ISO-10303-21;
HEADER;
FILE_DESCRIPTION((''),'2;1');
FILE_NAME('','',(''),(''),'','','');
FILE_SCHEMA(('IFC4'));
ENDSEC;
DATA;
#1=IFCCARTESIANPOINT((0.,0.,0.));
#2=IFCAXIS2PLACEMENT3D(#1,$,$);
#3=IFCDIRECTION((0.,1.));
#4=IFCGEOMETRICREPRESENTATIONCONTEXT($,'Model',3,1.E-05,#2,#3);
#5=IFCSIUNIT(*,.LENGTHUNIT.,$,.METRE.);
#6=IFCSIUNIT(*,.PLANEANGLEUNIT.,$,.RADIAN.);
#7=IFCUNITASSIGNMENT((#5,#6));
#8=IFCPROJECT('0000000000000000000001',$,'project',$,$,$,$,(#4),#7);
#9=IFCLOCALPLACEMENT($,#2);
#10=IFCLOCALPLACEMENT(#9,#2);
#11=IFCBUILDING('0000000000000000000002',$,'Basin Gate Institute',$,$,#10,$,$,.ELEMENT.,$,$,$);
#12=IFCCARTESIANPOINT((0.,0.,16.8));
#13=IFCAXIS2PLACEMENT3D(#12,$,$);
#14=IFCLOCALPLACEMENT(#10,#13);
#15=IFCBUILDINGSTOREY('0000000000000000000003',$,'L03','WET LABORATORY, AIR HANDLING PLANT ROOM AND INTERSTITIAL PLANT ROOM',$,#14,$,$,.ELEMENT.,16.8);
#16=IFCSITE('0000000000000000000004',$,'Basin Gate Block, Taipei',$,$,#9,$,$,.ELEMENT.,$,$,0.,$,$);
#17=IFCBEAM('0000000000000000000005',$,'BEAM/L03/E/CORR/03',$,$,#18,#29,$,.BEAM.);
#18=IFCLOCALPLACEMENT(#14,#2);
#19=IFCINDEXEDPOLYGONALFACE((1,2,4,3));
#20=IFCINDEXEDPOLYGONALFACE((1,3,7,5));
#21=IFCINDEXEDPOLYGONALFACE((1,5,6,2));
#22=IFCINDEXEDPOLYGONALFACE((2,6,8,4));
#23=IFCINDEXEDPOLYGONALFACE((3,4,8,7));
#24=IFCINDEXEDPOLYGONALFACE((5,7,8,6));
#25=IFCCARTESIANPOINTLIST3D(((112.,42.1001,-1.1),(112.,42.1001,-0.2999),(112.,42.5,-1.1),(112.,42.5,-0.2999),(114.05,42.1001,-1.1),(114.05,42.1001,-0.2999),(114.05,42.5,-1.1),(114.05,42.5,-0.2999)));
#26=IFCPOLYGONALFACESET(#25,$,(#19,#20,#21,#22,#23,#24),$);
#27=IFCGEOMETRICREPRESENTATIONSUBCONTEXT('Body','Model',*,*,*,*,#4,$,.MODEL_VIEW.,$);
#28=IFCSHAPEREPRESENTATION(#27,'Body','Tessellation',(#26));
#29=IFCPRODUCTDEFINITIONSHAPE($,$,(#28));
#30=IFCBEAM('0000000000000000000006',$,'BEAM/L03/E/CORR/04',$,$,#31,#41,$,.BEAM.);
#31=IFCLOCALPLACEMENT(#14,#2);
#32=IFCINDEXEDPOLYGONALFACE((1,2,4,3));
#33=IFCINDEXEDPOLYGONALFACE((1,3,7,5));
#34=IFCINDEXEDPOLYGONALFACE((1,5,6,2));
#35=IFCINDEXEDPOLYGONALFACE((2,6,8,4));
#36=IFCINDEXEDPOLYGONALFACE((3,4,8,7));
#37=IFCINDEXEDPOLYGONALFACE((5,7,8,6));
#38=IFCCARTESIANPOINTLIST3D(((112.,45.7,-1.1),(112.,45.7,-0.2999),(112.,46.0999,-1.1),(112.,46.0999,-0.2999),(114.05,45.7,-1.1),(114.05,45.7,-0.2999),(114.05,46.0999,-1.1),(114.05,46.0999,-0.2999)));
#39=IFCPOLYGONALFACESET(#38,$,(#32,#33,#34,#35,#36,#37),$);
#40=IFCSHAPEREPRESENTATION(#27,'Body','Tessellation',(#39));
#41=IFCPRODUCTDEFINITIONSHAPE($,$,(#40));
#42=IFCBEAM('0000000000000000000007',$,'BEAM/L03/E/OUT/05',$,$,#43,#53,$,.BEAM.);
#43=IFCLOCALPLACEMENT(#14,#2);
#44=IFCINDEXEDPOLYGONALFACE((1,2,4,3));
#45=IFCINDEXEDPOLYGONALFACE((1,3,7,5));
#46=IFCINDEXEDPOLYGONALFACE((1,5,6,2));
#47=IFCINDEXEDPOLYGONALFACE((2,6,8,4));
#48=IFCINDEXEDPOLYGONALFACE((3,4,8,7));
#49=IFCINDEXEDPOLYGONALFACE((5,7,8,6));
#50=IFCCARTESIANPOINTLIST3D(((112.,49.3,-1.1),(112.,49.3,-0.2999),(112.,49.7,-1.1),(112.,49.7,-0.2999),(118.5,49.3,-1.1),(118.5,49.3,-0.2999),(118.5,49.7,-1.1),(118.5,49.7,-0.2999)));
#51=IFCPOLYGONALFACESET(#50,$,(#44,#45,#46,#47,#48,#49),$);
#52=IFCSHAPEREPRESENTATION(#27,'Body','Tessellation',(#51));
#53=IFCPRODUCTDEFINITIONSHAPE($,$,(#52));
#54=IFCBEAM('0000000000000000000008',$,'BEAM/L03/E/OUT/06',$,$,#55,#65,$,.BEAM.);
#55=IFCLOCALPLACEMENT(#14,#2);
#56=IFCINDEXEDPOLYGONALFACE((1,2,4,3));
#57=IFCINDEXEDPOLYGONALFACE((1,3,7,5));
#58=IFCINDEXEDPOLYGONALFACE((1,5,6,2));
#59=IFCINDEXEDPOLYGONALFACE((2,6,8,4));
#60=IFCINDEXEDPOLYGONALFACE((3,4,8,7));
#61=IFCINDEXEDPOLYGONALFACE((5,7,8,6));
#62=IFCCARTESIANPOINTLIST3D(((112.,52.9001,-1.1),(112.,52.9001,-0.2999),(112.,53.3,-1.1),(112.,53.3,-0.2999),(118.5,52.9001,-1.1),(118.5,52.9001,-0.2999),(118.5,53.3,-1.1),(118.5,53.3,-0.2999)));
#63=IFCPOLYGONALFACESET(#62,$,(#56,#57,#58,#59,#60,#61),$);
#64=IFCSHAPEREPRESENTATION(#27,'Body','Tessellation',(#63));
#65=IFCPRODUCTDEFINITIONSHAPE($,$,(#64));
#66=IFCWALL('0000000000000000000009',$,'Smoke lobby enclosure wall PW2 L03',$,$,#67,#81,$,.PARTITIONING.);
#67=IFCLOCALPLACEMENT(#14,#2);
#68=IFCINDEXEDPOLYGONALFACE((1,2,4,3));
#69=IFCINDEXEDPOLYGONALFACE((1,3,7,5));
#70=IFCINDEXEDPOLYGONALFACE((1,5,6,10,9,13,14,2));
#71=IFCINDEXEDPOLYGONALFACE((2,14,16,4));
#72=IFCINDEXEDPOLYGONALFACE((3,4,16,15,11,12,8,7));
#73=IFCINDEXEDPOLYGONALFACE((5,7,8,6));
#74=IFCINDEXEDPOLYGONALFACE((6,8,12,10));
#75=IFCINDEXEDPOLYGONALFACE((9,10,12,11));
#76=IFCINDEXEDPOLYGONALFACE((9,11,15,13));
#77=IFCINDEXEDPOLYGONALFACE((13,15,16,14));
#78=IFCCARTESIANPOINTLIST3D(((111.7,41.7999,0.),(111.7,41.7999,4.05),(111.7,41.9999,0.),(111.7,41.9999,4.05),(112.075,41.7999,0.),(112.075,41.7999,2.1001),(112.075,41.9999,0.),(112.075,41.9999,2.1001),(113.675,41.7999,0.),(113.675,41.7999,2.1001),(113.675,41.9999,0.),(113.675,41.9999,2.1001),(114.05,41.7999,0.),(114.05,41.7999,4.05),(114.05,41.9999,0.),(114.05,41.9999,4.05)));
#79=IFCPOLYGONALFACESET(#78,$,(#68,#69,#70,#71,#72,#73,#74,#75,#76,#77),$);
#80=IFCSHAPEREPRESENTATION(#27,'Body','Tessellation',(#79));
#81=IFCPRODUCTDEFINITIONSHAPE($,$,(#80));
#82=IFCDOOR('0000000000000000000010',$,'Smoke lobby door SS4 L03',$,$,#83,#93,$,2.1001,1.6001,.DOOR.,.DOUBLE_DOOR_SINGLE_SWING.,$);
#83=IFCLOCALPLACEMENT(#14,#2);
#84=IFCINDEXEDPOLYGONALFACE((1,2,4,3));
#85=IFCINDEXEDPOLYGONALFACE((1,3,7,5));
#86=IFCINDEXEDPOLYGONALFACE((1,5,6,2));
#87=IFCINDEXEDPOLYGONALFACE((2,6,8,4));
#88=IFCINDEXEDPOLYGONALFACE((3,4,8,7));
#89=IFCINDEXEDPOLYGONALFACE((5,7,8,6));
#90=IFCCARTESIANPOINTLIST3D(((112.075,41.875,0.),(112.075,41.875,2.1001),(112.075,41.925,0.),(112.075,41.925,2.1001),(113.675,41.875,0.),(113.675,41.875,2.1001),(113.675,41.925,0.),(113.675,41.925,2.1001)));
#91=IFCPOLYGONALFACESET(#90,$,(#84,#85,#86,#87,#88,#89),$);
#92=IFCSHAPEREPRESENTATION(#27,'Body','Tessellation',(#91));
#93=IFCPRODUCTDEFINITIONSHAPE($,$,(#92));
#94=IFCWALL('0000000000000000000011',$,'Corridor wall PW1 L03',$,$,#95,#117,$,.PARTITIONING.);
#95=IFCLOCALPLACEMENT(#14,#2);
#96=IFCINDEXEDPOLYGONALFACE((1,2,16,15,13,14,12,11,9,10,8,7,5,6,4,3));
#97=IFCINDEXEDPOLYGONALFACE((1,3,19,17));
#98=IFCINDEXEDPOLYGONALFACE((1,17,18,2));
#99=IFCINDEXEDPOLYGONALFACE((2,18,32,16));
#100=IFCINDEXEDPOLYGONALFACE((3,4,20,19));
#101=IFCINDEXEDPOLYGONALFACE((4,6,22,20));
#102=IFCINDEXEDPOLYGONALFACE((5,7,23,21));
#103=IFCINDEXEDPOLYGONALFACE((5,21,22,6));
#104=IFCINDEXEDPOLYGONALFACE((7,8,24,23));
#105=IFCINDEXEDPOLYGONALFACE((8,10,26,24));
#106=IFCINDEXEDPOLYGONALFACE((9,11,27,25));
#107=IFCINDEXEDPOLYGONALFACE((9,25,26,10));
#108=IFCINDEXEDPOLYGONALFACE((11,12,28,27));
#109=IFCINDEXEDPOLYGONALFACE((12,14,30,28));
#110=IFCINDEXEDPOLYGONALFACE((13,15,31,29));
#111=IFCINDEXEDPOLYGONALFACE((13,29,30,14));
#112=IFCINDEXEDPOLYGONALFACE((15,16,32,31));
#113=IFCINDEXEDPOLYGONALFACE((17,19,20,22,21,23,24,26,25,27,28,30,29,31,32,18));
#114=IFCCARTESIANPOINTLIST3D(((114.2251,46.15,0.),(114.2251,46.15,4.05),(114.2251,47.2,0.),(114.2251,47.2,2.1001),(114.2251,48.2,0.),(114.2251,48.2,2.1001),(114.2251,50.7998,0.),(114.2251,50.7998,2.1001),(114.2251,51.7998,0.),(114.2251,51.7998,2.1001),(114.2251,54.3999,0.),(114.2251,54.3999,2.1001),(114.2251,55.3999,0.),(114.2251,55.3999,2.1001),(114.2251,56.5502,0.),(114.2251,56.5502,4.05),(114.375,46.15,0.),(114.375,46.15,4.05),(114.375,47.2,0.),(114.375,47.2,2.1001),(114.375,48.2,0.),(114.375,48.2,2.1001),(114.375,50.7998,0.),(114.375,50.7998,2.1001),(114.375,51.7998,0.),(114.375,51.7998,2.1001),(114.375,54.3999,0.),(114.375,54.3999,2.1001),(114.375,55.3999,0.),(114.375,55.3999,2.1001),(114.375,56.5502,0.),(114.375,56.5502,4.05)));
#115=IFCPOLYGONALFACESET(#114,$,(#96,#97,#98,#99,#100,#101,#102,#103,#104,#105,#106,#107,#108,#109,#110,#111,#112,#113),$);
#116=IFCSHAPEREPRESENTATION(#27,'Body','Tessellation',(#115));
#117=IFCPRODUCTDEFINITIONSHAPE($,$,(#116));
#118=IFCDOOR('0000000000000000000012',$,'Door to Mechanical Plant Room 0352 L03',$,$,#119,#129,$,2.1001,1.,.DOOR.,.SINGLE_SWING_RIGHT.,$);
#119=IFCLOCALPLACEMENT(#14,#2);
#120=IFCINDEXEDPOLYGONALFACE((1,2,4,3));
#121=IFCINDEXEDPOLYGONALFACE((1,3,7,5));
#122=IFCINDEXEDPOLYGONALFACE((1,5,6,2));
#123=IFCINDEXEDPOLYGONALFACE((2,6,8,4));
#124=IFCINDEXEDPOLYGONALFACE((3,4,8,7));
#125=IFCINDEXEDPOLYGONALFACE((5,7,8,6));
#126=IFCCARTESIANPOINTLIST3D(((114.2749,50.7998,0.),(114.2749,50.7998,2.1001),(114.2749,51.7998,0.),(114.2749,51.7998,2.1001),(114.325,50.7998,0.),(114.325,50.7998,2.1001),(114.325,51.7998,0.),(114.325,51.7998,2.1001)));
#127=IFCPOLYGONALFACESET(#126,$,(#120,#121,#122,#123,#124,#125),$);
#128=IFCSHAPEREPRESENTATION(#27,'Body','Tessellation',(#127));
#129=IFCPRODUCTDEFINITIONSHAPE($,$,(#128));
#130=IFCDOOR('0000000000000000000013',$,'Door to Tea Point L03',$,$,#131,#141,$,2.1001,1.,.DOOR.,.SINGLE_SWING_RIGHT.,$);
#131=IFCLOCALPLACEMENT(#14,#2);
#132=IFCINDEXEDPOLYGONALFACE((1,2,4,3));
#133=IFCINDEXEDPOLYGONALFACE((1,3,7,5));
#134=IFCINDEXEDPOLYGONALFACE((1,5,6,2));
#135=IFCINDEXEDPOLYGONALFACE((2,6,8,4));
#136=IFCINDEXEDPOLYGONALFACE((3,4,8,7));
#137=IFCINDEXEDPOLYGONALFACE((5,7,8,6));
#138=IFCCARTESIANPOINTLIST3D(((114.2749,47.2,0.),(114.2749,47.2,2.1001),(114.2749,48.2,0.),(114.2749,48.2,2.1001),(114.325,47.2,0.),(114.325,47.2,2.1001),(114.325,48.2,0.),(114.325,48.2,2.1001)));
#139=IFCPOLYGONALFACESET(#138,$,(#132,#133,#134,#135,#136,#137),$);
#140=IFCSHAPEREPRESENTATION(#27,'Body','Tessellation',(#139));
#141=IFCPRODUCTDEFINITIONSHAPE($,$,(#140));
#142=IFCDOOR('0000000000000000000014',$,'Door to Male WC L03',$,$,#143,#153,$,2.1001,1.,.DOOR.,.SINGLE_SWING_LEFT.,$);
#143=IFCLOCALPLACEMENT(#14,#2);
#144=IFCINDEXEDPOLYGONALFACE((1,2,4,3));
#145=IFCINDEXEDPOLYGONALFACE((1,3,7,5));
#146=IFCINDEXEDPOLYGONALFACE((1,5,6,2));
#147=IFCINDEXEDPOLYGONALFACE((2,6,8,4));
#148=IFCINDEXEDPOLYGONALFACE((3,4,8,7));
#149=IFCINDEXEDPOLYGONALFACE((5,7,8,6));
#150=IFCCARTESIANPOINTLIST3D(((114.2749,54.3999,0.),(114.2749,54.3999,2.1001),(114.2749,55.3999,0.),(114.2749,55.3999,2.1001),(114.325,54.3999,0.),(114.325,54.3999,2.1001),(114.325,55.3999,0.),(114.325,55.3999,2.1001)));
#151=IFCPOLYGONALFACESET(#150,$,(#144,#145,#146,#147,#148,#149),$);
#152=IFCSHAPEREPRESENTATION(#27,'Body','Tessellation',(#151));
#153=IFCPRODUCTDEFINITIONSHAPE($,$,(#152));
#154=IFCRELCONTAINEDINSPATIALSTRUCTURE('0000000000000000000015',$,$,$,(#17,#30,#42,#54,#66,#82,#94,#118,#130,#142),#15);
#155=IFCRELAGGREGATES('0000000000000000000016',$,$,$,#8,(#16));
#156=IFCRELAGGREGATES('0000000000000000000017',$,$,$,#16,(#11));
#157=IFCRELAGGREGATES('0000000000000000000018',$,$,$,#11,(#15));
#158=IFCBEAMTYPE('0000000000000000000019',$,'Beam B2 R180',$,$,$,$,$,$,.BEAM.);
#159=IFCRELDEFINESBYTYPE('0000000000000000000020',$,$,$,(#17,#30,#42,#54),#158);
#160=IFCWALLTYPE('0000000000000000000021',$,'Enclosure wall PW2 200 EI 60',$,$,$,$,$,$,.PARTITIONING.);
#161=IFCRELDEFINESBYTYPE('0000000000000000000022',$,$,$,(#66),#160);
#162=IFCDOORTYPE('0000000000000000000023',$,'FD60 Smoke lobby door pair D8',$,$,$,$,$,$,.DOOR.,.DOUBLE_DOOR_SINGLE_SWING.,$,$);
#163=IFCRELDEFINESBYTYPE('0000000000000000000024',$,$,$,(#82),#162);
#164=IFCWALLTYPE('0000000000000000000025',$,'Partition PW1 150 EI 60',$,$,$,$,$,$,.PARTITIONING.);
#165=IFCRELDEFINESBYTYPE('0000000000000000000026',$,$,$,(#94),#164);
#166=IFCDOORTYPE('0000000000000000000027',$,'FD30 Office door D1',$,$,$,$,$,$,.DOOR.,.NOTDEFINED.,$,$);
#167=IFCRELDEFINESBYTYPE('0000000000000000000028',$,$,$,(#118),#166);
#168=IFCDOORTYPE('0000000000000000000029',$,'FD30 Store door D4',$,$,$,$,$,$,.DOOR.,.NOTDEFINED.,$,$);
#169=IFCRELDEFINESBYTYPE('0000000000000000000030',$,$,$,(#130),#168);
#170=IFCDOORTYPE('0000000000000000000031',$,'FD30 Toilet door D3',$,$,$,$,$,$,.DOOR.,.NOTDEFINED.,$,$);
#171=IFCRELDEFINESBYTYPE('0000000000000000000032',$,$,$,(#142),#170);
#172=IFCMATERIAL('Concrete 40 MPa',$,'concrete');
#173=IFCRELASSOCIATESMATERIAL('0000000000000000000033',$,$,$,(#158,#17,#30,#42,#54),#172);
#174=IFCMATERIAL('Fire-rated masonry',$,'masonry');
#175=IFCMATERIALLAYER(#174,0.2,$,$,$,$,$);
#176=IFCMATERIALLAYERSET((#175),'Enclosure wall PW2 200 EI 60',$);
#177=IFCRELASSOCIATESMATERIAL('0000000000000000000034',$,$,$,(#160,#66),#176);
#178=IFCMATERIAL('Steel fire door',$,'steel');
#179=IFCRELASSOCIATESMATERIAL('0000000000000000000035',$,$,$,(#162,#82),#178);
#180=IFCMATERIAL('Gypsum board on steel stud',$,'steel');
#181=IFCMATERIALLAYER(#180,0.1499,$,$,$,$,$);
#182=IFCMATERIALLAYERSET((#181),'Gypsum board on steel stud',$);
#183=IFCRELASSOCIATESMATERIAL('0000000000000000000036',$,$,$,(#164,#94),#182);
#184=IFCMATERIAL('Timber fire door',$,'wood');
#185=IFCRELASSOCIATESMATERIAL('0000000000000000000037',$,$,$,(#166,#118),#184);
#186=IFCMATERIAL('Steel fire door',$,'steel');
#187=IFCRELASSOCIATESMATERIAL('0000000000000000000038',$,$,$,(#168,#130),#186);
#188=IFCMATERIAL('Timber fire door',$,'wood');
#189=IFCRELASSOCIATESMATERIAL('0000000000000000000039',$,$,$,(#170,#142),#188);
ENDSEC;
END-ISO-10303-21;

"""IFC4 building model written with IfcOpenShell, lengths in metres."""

from ifc_helpers import new_model, si_unit, direction, frame, frame_2d, origin, origin_2d, place, context, subcontext, project, spatial, rectangle, extrude, material, layer, layer_set, material_profile, profile_set, type_object, element, fill, save


model = new_model("IFC4")

# Units and contexts
model_context = context("Model", 3, precision=1e-05, world=origin(), true_north=direction((0.0, 1.0)))
body_context = subcontext(model_context, "Body", "Model", "MODEL_VIEW")
ifc_project = project(units=[si_unit("LENGTHUNIT", "METRE"), si_unit("PLANEANGLEUNIT", "RADIAN")], contexts=[model_context])

# Site, building, storey
site_placement = place(None, origin())
site = spatial("IfcSite", under=ifc_project, at=site_placement, Name="Basin Gate Block, Taipei", CompositionType="ELEMENT", RefElevation=0.0)
building_placement = place(site_placement, origin())
building = spatial("IfcBuilding", under=site, at=building_placement, Name="Basin Gate Institute", CompositionType="ELEMENT")
storey_placement = place(building_placement, frame((0.0, 0.0, 16.8)))
storey = spatial("IfcBuildingStorey", under=building, at=storey_placement, Name="L03", Description="WET LABORATORY, AIR HANDLING PLANT ROOM AND INTERSTITIAL PLANT ROOM", CompositionType="ELEMENT", Elevation=16.8)

# Beams
ifc_material_1 = material(Name="Concrete 40 MPa", Category="concrete")
ifc_material_profile = material_profile(ifc_material_1, rectangle(XDim=0.3999, YDim=0.8, at=origin_2d()), Name="Beam B2 400 x 800")
ifc_profile_set = profile_set([ifc_material_profile], Name="Concrete 40 MPa")
beam_type = type_object("IfcBeamType", Name="Beam B2 R180", PredefinedType="BEAM", material=ifc_profile_set)
for number, where, z_axis, x_axis, name in (
    (1, (114.05, 42.3, -0.7), (-1.0, 0.0, 0.0), (0.0, -1.0, 0.0), "BEAM/L03/E/CORR/03"),
    (2, (114.05, 45.8999, -0.7), (-1.0, 0.0, 0.0), (0.0, -1.0, 0.0), "BEAM/L03/E/CORR/04"),
):
    element("IfcBeam", number, at=place(storey_placement, frame(where, z_axis=z_axis, x_axis=x_axis)), inside=storey, type_object=beam_type, material=ifc_profile_set, Name=name, PredefinedType="BEAM", context=body_context, shape_type="SweptSolid", body=[
        extrude(rectangle(XDim=0.3999, YDim=0.8, at=origin_2d()), origin(), (0.0, 0.0, 1.0), 2.05),
    ])
for number, where, z_axis, x_axis, name in (
    (3, (118.5, 49.5, -0.7), (-1.0, 0.0, 0.0), (0.0, -1.0, 0.0), "BEAM/L03/E/OUT/05"),
    (4, (118.5, 53.1001, -0.7), (-1.0, 0.0, 0.0), (0.0, -1.0, 0.0), "BEAM/L03/E/OUT/06"),
):
    element("IfcBeam", number, at=place(storey_placement, frame(where, z_axis=z_axis, x_axis=x_axis)), inside=storey, type_object=beam_type, material=ifc_profile_set, Name=name, PredefinedType="BEAM", context=body_context, shape_type="SweptSolid", body=[
        extrude(rectangle(XDim=0.3999, YDim=0.8, at=origin_2d()), origin(), (0.0, 0.0, 1.0), 6.5),
    ])

# Wall, opening, door
ifc_material_2 = material(Name="Fire-rated masonry", Category="masonry")
ifc_layer_1 = layer(ifc_material_2, 0.2)
ifc_layer_set_1 = layer_set([ifc_layer_1], Name="Enclosure wall PW2 200 EI 60")
wall_type_1 = type_object("IfcWallType", Name="Enclosure wall PW2 200 EI 60", PredefinedType="PARTITIONING", material=ifc_layer_set_1)
wall_1_placement = place(storey_placement, frame((114.05, 41.8999, 0.0), z_axis=(0.0, 0.0, 1.0), x_axis=(-1.0, 0.0, 0.0)))
wall_1 = element("IfcWall", 5, at=wall_1_placement, inside=storey, type_object=wall_type_1, material=ifc_layer_set_1, Name="Smoke lobby enclosure wall PW2 L03", PredefinedType="PARTITIONING", context=body_context, shape_type="SweptSolid", body=[
    extrude(rectangle(XDim=2.3501, YDim=0.2, at=frame_2d((1.175, 0.0))), origin(), (0.0, 0.0, 1.0), 4.05),
])
opening_1_placement = place(wall_1_placement, frame((0.375, 0.0, 0.0)))
opening_1 = element("IfcOpeningElement", 6, at=opening_1_placement, cuts=wall_1, PredefinedType="OPENING", context=body_context, shape_type="SweptSolid", body=[
    extrude(rectangle(XDim=1.6001, YDim=2.1001, at=frame_2d((0.8, 1.05))), frame((0.0, 0.1099, 0.0), z_axis=(0.0, -1.0, 0.0), x_axis=(1.0, 0.0, 0.0)), (0.0, 0.0, 1.0), 0.22),
])
ifc_material_3 = material(Name="Steel fire door", Category="steel")
door_type_1 = type_object("IfcDoorType", Name="FD60 Smoke lobby door pair D8", OperationType="DOUBLE_DOOR_SINGLE_SWING", PredefinedType="DOOR", material=ifc_material_3)
door_1_placement = place(opening_1_placement, origin())
door_1 = element("IfcDoor", 7, at=door_1_placement, inside=storey, type_object=door_type_1, material=ifc_material_3, Name="Smoke lobby door SS4 L03", OperationType="DOUBLE_DOOR_SINGLE_SWING", OverallHeight=2.1001, OverallWidth=1.6001, PredefinedType="DOOR", context=body_context, shape_type="SweptSolid", body=[
    extrude(rectangle(XDim=1.6001, YDim=2.1001, at=frame_2d((0.8, 1.05))), frame((0.0, 0.0249, 0.0), z_axis=(0.0, -1.0, 0.0), x_axis=(1.0, 0.0, 0.0)), (0.0, 0.0, 1.0), 0.05),
])
fill(opening_1, door_1)

# Wall, openings, doors
ifc_material_4 = material(Name="Gypsum board on steel stud", Category="steel")
ifc_layer_2 = layer(ifc_material_4, 0.1499)
ifc_layer_set_2 = layer_set([ifc_layer_2], Name="Gypsum board on steel stud")
wall_type_2 = type_object("IfcWallType", Name="Partition PW1 150 EI 60", PredefinedType="PARTITIONING", material=ifc_layer_set_2)
wall_2_placement = place(storey_placement, frame((114.3, 46.1499, 0.0), z_axis=(0.0, 0.0, 1.0), x_axis=(0.0, 1.0, 0.0)))
wall_2 = element("IfcWall", 8, at=wall_2_placement, inside=storey, type_object=wall_type_2, material=ifc_layer_set_2, Name="Corridor wall PW1 L03", PredefinedType="PARTITIONING", context=body_context, shape_type="SweptSolid", body=[
    extrude(rectangle(XDim=10.4001, YDim=0.1499, at=frame_2d((5.2002, 0.0))), origin(), (0.0, 0.0, 1.0), 4.05),
])
opening_2_placement = place(wall_2_placement, frame((8.25, 0.0, 0.0)))
opening_2 = element("IfcOpeningElement", 9, at=opening_2_placement, cuts=wall_2, PredefinedType="OPENING", context=body_context, shape_type="SweptSolid", body=[
    extrude(rectangle(XDim=1.0, YDim=2.1001, at=frame_2d((0.5, 1.05))), frame((0.0, 0.085, 0.0), z_axis=(0.0, -1.0, 0.0), x_axis=(1.0, 0.0, 0.0)), (0.0, 0.0, 1.0), 0.1699),
])
opening_3_placement = place(wall_2_placement, frame((4.6499, 0.0, 0.0)))
opening_3 = element("IfcOpeningElement", 10, at=opening_3_placement, cuts=wall_2, PredefinedType="OPENING", context=body_context, shape_type="SweptSolid", body=[
    extrude(rectangle(XDim=1.0, YDim=2.1001, at=frame_2d((0.5, 1.05))), frame((0.0, 0.085, 0.0), z_axis=(0.0, -1.0, 0.0), x_axis=(1.0, 0.0, 0.0)), (0.0, 0.0, 1.0), 0.1699),
])
opening_4_placement = place(wall_2_placement, frame((1.05, 0.0, 0.0)))
opening_4 = element("IfcOpeningElement", 11, at=opening_4_placement, cuts=wall_2, PredefinedType="OPENING", context=body_context, shape_type="SweptSolid", body=[
    extrude(rectangle(XDim=1.0, YDim=2.1001, at=frame_2d((0.5, 1.05))), frame((0.0, 0.085, 0.0), z_axis=(0.0, -1.0, 0.0), x_axis=(1.0, 0.0, 0.0)), (0.0, 0.0, 1.0), 0.1699),
])
ifc_material_5 = material(Name="Timber fire door", Category="wood")
door_type_2 = type_object("IfcDoorType", Name="FD30 Office door D1", OperationType="NOTDEFINED", PredefinedType="DOOR", material=ifc_material_5)
door_2_placement = place(opening_3_placement, frame((1.0, 0.0, 0.0), z_axis=(0.0, 0.0, 1.0), x_axis=(-1.0, 0.0, 0.0)))
door_2 = element("IfcDoor", 12, at=door_2_placement, inside=storey, type_object=door_type_2, material=ifc_material_5, Name="Door to Mechanical Plant Room 0352 L03", OperationType="SINGLE_SWING_RIGHT", OverallHeight=2.1001, OverallWidth=1.0, PredefinedType="DOOR", context=body_context, shape_type="SweptSolid", body=[
    extrude(rectangle(XDim=1.0, YDim=2.1001, at=frame_2d((0.5, 1.05))), frame((0.0, 0.0249, 0.0), z_axis=(0.0, -1.0, 0.0), x_axis=(1.0, 0.0, 0.0)), (0.0, 0.0, 1.0), 0.05),
])
fill(opening_3, door_2)
ifc_material_6 = material(Name="Steel fire door", Category="steel")
door_type_3 = type_object("IfcDoorType", Name="FD30 Store door D4", OperationType="NOTDEFINED", PredefinedType="DOOR", material=ifc_material_6)
door_3_placement = place(opening_4_placement, frame((1.0, 0.0, 0.0), z_axis=(0.0, 0.0, 1.0), x_axis=(-1.0, 0.0, 0.0)))
door_3 = element("IfcDoor", 13, at=door_3_placement, inside=storey, type_object=door_type_3, material=ifc_material_6, Name="Door to Tea Point L03", OperationType="SINGLE_SWING_RIGHT", OverallHeight=2.1001, OverallWidth=1.0, PredefinedType="DOOR", context=body_context, shape_type="SweptSolid", body=[
    extrude(rectangle(XDim=1.0, YDim=2.1001, at=frame_2d((0.5, 1.05))), frame((0.0, 0.0249, 0.0), z_axis=(0.0, -1.0, 0.0), x_axis=(1.0, 0.0, 0.0)), (0.0, 0.0, 1.0), 0.05),
])
fill(opening_4, door_3)
ifc_material_7 = material(Name="Timber fire door", Category="wood")
door_type_4 = type_object("IfcDoorType", Name="FD30 Toilet door D3", OperationType="NOTDEFINED", PredefinedType="DOOR", material=ifc_material_7)
door_4_placement = place(opening_2_placement, frame((1.0, 0.0, 0.0), z_axis=(0.0, 0.0, 1.0), x_axis=(-1.0, 0.0, 0.0)))
door_4 = element("IfcDoor", 14, at=door_4_placement, inside=storey, type_object=door_type_4, material=ifc_material_7, Name="Door to Male WC L03", OperationType="SINGLE_SWING_LEFT", OverallHeight=2.1001, OverallWidth=1.0, PredefinedType="DOOR", context=body_context, shape_type="SweptSolid", body=[
    extrude(rectangle(XDim=1.0, YDim=2.1001, at=frame_2d((0.5, 1.05))), frame((0.0, 0.0249, 0.0), z_axis=(0.0, -1.0, 0.0), x_axis=(1.0, 0.0, 0.0)), (0.0, 0.0, 1.0), 0.05),
])
fill(opening_2, door_4)

save(model, "model.ifc")
